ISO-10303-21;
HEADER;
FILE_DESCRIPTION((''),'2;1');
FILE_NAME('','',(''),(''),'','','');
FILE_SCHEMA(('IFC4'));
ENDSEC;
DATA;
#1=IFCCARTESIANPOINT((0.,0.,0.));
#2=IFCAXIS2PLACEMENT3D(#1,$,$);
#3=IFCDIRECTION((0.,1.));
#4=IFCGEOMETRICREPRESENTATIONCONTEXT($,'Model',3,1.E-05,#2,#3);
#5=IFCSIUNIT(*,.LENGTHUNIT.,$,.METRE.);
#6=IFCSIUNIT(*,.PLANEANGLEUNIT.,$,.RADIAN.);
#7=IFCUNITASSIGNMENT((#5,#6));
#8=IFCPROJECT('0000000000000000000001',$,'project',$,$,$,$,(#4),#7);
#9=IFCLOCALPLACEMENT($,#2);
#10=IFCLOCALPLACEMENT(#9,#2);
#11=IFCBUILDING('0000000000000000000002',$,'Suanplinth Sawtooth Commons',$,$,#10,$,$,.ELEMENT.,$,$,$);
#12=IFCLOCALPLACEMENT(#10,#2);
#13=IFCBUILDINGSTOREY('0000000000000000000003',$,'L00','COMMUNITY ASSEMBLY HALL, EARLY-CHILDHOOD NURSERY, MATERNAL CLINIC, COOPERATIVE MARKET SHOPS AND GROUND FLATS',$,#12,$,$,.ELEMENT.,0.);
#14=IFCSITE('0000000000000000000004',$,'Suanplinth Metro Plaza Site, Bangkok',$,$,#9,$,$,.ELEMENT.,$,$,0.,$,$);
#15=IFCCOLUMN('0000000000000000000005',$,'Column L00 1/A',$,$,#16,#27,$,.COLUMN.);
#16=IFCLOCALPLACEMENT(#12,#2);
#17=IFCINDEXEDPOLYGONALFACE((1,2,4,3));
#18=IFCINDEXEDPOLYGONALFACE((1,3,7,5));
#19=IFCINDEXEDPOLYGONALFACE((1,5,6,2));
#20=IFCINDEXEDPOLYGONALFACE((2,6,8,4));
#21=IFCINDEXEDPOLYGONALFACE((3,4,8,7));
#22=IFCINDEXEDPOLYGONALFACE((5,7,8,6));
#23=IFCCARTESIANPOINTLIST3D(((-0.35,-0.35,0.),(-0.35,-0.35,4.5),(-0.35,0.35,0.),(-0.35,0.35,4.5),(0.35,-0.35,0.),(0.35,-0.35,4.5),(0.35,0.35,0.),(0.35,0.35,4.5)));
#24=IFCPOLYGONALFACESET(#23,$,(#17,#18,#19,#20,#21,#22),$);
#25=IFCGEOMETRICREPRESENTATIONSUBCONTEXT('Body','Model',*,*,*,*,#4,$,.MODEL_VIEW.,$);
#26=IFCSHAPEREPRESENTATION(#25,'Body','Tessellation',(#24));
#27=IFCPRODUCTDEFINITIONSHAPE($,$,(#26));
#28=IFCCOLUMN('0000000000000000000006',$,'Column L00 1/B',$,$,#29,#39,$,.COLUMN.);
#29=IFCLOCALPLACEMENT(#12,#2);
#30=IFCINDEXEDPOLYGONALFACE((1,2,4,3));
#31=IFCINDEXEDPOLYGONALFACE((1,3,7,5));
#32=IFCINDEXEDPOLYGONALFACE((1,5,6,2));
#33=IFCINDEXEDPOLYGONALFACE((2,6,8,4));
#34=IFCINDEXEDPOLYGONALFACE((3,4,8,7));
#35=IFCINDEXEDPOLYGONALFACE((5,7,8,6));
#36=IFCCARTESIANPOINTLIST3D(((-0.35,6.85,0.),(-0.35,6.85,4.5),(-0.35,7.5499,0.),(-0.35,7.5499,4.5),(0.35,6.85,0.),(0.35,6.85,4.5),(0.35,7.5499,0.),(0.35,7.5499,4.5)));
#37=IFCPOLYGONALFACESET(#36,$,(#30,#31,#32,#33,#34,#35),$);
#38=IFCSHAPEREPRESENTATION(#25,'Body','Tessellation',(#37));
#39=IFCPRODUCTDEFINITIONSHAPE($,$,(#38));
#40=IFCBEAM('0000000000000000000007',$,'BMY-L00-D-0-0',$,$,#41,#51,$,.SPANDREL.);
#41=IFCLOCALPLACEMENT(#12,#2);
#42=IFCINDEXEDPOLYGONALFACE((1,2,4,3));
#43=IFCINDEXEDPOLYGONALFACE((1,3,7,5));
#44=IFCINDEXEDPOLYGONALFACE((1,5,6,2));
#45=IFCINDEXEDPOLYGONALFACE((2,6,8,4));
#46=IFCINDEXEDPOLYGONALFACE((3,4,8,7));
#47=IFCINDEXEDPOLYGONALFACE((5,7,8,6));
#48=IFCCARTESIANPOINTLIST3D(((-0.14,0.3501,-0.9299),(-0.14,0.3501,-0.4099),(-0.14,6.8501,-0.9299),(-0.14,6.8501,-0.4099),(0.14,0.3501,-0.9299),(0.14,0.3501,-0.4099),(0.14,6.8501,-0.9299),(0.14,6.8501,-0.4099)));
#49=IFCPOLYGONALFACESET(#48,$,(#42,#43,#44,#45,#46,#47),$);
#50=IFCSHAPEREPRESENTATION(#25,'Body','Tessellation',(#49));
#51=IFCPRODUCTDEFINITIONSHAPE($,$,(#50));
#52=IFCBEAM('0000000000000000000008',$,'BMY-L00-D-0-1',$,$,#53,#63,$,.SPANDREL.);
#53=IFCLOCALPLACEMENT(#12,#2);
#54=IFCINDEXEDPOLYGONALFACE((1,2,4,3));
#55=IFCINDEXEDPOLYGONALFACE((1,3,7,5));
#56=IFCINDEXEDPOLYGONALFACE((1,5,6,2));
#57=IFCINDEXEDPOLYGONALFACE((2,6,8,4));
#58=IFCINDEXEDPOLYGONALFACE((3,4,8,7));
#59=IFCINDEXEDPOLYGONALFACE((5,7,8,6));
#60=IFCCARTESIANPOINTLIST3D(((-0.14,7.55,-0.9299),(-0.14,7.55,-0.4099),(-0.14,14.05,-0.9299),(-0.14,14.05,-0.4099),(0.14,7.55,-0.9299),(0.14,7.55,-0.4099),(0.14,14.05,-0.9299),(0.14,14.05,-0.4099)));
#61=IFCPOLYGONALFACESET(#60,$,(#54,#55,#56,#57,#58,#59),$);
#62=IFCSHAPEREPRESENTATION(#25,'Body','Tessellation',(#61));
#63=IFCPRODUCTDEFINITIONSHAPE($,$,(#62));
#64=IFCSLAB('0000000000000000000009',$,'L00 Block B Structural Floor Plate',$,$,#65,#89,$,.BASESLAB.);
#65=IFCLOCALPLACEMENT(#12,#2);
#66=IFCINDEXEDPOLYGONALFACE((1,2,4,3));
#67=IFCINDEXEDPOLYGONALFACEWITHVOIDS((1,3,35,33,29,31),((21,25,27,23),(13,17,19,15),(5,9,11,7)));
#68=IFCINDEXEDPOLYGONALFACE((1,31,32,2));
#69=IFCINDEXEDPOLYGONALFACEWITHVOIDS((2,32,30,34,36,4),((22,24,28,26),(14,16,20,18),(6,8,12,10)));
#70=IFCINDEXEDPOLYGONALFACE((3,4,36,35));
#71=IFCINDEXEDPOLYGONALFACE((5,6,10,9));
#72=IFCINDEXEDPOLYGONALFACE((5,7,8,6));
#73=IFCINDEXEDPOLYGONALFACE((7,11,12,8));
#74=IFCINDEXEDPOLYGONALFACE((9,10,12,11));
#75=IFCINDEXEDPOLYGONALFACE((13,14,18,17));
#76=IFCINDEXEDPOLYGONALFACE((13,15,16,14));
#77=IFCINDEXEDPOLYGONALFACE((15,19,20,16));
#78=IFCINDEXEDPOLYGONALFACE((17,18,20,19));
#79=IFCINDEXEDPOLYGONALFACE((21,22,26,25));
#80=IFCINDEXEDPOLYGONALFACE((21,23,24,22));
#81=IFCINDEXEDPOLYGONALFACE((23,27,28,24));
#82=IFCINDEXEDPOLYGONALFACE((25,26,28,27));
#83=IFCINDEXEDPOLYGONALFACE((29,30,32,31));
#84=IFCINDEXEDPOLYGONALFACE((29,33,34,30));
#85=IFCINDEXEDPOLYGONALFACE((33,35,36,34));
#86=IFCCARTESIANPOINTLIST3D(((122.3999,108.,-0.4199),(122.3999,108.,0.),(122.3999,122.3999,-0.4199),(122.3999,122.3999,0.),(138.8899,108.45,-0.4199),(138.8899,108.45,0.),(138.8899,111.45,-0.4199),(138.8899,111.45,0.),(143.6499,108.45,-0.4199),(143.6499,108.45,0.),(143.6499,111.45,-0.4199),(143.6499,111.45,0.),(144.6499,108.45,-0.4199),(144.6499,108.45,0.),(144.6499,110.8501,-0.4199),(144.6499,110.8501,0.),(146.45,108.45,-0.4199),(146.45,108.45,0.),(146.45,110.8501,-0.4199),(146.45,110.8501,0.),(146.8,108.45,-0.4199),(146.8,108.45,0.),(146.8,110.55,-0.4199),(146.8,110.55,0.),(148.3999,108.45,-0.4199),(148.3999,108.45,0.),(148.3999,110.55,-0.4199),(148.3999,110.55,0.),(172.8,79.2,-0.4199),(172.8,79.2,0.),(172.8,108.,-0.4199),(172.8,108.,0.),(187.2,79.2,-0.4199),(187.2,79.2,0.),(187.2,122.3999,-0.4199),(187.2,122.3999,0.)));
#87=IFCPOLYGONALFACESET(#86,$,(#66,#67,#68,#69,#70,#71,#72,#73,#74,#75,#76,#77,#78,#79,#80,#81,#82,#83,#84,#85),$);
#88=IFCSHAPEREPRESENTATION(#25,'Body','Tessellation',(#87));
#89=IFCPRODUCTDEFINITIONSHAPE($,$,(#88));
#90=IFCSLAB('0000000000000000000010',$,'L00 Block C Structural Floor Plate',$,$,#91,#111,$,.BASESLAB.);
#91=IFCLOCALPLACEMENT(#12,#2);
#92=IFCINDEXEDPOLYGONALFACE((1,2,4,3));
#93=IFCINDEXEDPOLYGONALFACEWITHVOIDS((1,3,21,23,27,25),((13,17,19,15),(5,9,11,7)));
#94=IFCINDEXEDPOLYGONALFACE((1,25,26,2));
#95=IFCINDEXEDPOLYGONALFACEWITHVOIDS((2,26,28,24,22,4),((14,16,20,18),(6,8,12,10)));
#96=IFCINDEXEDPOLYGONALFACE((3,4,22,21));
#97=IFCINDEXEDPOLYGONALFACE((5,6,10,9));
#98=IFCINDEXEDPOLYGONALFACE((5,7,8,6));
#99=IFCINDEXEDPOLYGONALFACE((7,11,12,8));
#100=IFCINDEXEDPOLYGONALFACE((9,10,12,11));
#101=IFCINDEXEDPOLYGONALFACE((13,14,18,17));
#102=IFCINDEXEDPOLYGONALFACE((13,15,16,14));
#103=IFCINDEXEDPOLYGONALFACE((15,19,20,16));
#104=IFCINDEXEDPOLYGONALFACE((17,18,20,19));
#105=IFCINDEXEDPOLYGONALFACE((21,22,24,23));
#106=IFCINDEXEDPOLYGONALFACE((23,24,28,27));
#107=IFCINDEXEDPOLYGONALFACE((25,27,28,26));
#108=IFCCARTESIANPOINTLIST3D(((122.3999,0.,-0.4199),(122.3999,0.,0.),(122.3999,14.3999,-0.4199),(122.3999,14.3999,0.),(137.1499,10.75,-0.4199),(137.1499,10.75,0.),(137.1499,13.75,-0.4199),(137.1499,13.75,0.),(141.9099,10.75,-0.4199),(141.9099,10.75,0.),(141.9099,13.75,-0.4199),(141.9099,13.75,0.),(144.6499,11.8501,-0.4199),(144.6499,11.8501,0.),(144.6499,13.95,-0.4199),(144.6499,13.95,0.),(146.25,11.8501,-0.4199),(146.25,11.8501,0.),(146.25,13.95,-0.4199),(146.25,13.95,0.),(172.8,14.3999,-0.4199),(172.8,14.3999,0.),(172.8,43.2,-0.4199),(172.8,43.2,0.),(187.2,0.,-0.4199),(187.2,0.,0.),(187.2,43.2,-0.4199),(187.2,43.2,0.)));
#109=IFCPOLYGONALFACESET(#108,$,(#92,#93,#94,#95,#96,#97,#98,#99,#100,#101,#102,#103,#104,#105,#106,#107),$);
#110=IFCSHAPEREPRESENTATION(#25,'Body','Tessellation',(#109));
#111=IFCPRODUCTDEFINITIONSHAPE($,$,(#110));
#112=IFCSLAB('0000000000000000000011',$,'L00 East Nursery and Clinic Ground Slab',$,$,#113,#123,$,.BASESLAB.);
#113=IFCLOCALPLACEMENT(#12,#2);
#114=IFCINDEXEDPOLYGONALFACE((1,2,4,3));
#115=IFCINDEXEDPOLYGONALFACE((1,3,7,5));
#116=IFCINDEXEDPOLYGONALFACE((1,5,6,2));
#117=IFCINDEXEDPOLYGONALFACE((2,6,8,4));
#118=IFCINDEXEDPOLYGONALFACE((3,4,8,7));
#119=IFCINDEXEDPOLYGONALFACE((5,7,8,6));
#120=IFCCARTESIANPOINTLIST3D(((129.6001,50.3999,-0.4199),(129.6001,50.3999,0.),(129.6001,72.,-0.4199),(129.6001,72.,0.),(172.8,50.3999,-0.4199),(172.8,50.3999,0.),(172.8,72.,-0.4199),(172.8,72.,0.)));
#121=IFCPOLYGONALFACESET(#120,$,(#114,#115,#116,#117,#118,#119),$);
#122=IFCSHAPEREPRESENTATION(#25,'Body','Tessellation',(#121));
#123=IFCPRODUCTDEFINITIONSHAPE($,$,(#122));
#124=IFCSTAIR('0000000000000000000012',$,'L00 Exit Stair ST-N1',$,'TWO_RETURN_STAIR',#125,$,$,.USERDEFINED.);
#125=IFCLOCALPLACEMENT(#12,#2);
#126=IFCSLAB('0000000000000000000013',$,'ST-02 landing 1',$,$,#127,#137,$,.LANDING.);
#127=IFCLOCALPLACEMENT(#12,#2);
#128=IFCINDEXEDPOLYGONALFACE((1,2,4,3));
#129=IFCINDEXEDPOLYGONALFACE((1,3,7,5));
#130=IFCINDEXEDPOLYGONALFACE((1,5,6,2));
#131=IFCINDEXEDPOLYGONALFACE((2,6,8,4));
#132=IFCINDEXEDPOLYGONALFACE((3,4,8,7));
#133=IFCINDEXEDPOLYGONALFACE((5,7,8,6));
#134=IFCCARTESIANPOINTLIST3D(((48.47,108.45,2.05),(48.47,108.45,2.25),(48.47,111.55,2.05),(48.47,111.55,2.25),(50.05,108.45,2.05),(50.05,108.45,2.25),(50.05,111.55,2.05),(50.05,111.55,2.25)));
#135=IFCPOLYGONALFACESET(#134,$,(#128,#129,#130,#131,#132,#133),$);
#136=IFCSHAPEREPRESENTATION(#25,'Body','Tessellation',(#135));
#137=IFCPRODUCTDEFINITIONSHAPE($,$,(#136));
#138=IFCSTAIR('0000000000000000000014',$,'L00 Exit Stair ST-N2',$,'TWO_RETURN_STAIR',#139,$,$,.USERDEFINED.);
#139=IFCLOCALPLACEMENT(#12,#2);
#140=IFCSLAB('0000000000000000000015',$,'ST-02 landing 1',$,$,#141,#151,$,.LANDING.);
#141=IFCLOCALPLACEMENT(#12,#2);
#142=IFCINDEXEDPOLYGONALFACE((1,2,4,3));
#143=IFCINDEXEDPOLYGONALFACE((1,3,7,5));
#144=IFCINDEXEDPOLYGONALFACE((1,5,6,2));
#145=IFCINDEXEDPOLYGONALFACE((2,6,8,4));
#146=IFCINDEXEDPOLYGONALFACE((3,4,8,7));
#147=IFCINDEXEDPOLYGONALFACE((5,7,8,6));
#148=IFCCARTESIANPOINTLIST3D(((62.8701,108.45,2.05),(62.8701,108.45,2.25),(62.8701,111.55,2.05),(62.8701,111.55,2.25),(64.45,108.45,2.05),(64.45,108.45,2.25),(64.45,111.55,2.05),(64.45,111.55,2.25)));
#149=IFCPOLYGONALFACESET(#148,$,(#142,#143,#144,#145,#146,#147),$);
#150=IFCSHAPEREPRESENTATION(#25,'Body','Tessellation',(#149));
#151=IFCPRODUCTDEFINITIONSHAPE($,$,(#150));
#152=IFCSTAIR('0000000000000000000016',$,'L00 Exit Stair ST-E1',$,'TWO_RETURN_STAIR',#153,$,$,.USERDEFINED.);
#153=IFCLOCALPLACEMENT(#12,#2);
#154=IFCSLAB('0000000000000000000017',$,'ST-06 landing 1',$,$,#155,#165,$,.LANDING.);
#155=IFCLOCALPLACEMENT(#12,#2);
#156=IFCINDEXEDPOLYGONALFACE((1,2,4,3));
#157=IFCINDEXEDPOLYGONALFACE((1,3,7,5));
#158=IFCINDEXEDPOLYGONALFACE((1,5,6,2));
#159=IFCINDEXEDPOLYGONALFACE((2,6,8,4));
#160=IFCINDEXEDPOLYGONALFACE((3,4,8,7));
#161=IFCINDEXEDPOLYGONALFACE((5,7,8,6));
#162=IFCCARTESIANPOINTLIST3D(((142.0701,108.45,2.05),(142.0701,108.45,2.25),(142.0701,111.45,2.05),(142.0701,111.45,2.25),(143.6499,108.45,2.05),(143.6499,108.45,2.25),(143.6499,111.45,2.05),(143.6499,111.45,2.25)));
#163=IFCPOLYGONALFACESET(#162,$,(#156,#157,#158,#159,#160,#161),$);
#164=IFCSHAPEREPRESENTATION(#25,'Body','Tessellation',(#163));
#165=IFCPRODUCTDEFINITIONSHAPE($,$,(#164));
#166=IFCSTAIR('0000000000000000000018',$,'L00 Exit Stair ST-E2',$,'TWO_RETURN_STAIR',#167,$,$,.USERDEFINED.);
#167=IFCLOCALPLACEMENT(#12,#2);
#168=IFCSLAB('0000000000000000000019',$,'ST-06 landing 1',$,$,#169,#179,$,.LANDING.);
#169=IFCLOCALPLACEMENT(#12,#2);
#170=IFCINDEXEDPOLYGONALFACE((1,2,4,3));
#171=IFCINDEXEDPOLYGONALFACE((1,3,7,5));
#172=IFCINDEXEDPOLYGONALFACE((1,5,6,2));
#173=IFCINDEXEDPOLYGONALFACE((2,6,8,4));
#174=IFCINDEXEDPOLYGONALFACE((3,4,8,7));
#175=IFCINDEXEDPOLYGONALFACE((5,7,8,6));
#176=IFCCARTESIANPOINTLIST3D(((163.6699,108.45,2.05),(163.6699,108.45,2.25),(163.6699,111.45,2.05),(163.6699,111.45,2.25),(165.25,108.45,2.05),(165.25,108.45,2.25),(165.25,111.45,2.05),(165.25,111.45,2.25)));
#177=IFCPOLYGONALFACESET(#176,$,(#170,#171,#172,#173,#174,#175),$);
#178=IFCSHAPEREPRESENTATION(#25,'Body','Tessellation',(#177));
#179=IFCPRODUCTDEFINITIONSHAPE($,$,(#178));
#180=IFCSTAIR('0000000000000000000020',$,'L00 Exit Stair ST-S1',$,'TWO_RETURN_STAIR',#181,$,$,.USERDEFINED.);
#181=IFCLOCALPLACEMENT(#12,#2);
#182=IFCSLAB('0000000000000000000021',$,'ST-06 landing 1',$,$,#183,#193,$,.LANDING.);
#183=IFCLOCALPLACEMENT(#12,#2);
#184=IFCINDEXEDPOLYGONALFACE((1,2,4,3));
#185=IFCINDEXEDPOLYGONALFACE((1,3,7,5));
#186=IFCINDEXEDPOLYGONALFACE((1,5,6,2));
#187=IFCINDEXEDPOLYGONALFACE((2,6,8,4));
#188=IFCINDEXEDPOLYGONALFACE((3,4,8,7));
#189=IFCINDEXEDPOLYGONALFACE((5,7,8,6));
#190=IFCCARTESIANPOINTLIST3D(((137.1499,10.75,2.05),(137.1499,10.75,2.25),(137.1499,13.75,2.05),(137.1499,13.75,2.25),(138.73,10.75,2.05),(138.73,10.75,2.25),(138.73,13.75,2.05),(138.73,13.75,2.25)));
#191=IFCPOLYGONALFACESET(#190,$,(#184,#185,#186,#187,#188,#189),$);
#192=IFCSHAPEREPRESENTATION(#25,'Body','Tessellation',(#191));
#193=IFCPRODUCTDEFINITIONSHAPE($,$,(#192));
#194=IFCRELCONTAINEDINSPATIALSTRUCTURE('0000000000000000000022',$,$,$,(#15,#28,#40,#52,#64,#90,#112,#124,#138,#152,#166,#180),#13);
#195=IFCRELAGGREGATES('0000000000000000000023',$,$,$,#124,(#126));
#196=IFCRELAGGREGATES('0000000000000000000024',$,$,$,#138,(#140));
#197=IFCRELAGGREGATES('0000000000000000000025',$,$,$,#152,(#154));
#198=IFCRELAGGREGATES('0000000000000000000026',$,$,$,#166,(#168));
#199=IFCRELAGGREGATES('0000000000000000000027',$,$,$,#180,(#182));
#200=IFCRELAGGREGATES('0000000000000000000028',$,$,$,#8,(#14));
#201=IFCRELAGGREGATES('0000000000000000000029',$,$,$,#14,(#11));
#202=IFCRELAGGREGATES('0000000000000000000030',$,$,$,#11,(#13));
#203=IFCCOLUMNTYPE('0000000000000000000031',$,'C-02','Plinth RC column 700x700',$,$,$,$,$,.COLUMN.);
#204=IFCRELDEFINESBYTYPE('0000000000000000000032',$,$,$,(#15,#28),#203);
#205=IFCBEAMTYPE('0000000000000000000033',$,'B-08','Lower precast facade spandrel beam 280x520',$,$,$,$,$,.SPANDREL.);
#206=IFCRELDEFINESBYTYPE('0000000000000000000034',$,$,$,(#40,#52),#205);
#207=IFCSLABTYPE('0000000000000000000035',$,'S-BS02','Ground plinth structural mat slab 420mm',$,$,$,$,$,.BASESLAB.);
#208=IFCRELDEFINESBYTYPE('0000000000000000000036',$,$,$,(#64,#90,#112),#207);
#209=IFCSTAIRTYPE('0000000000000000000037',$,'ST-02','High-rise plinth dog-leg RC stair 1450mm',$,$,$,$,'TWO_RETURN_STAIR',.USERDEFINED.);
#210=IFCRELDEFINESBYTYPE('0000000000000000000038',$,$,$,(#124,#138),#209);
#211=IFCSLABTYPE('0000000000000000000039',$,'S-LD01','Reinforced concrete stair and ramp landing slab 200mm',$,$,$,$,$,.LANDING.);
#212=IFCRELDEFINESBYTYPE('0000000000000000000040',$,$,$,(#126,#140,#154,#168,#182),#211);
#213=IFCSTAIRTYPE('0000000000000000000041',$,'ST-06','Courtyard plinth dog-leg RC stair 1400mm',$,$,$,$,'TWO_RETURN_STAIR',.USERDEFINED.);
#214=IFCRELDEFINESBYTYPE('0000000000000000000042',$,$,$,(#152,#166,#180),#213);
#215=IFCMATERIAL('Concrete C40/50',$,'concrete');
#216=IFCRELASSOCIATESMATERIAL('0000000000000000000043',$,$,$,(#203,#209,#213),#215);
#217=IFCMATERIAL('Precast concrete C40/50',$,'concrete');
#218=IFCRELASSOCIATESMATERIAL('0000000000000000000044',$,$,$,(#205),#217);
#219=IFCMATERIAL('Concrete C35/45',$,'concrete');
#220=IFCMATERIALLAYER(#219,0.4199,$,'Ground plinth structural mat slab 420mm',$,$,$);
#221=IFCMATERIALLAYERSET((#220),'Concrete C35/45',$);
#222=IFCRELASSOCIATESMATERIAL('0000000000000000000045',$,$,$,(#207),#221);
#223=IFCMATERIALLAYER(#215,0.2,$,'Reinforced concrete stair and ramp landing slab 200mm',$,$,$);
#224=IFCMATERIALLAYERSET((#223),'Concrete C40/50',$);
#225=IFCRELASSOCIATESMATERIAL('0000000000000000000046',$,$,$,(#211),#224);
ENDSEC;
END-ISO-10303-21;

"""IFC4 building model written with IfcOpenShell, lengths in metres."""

from ifc_helpers import new_model, si_unit, direction, frame, origin, origin_2d, place, context, subcontext, project, spatial, polyline, rectangle, outline, extrude, material, layer, layer_set, material_profile, profile_set, type_object, element, aggregate, save


model = new_model("IFC4")

# Units and contexts
model_context = context("Model", 3, precision=1e-05, world=origin(), true_north=direction((0.0, 1.0)))
body_context = subcontext(model_context, "Body", "Model", "MODEL_VIEW")
ifc_project = project(units=[si_unit("LENGTHUNIT", "METRE"), si_unit("PLANEANGLEUNIT", "RADIAN")], contexts=[model_context])

# Site, building, storey
site_placement = place(None, origin())
site = spatial("IfcSite", under=ifc_project, at=site_placement, Name="Suanplinth Metro Plaza Site, Bangkok", CompositionType="ELEMENT", RefElevation=0.0)
building_placement = place(site_placement, origin())
building = spatial("IfcBuilding", under=site, at=building_placement, Name="Suanplinth Sawtooth Commons", CompositionType="ELEMENT")
storey_placement = place(building_placement, origin())
storey = spatial("IfcBuildingStorey", under=building, at=storey_placement, Name="L00", Description="COMMUNITY ASSEMBLY HALL, EARLY-CHILDHOOD NURSERY, MATERNAL CLINIC, COOPERATIVE MARKET SHOPS AND GROUND FLATS", CompositionType="ELEMENT", Elevation=0.0)

# Columns
ifc_material_1 = material(Name="Concrete C40/50", Category="concrete")
ifc_material_profile_1 = material_profile(ifc_material_1, rectangle(XDim=0.7, YDim=0.7, at=origin_2d()), Name="RC-COL 700x700")
ifc_profile_set_1 = profile_set([ifc_material_profile_1], Name="Concrete C40/50")
column_type = type_object("IfcColumnType", Name="C-02", Description="Plinth RC column 700x700", PredefinedType="COLUMN", material=ifc_profile_set_1)
for number, where, z_axis, x_axis, name in (
    (1, (0.0, 0.0, 0.0), (0.0, 0.0, 1.0), (1.0, 0.0, 0.0), "Column L00 1/A"),
    (2, (0.0, 7.2, 0.0), (0.0, 0.0, 1.0), (1.0, 0.0, 0.0), "Column L00 1/B"),
):
    element("IfcColumn", number, at=place(storey_placement, frame(where, z_axis=z_axis, x_axis=x_axis)), inside=storey, type_object=column_type, Name=name, PredefinedType="COLUMN", context=body_context, shape_type="SweptSolid", body=[
        extrude(rectangle(XDim=0.7, YDim=0.7, at=origin_2d()), origin(), (0.0, 0.0, 1.0), 4.5),
    ])

# Beams
ifc_material_2 = material(Name="Precast concrete C40/50", Category="concrete")
ifc_material_profile_2 = material_profile(ifc_material_2, rectangle(XDim=0.28, YDim=0.52, at=origin_2d()), Name="PC-SP 280x520")
ifc_profile_set_2 = profile_set([ifc_material_profile_2], Name="Precast concrete C40/50")
beam_type = type_object("IfcBeamType", Name="B-08", Description="Lower precast facade spandrel beam 280x520", PredefinedType="SPANDREL", material=ifc_profile_set_2)
for number, where, z_axis, x_axis, name in (
    (3, (0.0, 0.3501, -0.6699), (0.0, 1.0, 0.0), (-1.0, 0.0, 0.0), "BMY-L00-D-0-0"),
    (4, (0.0, 7.55, -0.6699), (0.0, 1.0, 0.0), (-1.0, 0.0, 0.0), "BMY-L00-D-0-1"),
):
    element("IfcBeam", number, at=place(storey_placement, frame(where, z_axis=z_axis, x_axis=x_axis)), inside=storey, type_object=beam_type, Name=name, PredefinedType="SPANDREL", context=body_context, shape_type="SweptSolid", body=[
        extrude(rectangle(XDim=0.28, YDim=0.52, at=origin_2d()), origin(), (0.0, 0.0, 1.0), 6.5),
    ])

# Slabs
ifc_material_3 = material(Name="Concrete C35/45", Category="concrete")
ifc_layer_1 = layer(ifc_material_3, 0.4199, Name="Ground plinth structural mat slab 420mm")
ifc_layer_set_1 = layer_set([ifc_layer_1], Name="Concrete C35/45")
slab_type_1 = type_object("IfcSlabType", Name="S-BS02", Description="Ground plinth structural mat slab 420mm", PredefinedType="BASESLAB", material=ifc_layer_set_1)
slab_1_placement = place(storey_placement, frame((0.0, 0.0, -0.4199)))
element("IfcSlab", 5, at=slab_1_placement, inside=storey, type_object=slab_type_1, Name="L00 Block B Structural Floor Plate", PredefinedType="BASESLAB", context=body_context, shape_type="SweptSolid", body=[
    extrude(outline(polyline([(172.8, 108.0), (122.3999, 108.0), (122.3999, 122.3999), (187.2, 122.3999), (187.2, 79.2), (172.8, 79.2), (172.8, 108.0)]), holes=[polyline([(138.8899, 108.45), (143.6499, 108.45), (143.6499, 111.45), (138.8899, 111.45), (138.8899, 108.45)]), polyline([(144.6499, 108.45), (146.45, 108.45), (146.45, 110.8501), (144.6499, 110.8501), (144.6499, 108.45)]), polyline([(146.8, 108.45), (148.3999, 108.45), (148.3999, 110.55), (146.8, 110.55), (146.8, 108.45)])]), origin(), (0.0, 0.0, 1.0), 0.4199),
])
slab_2_placement = place(storey_placement, frame((0.0, 0.0, -0.4199)))
element("IfcSlab", 6, at=slab_2_placement, inside=storey, type_object=slab_type_1, Name="L00 Block C Structural Floor Plate", PredefinedType="BASESLAB", context=body_context, shape_type="SweptSolid", body=[
    extrude(outline(polyline([(187.2, 0.0), (122.3999, 0.0), (122.3999, 14.3999), (172.8, 14.3999), (172.8, 43.2), (187.2, 43.2), (187.2, 0.0)]), holes=[polyline([(137.1499, 10.75), (141.9099, 10.75), (141.9099, 13.75), (137.1499, 13.75), (137.1499, 10.75)]), polyline([(144.6499, 11.8501), (146.25, 11.8501), (146.25, 13.95), (144.6499, 13.95), (144.6499, 11.8501)])]), origin(), (0.0, 0.0, 1.0), 0.4199),
])
slab_3_placement = place(storey_placement, frame((0.0, 0.0, -0.4199)))
element("IfcSlab", 7, at=slab_3_placement, inside=storey, type_object=slab_type_1, Name="L00 East Nursery and Clinic Ground Slab", PredefinedType="BASESLAB", context=body_context, shape_type="SweptSolid", body=[
    extrude(outline(polyline([(129.6001, 50.3999), (172.8, 50.3999), (172.8, 72.0), (129.6001, 72.0), (129.6001, 50.3999)])), origin(), (0.0, 0.0, 1.0), 0.4199),
])

# Stairs, slabs
stair_type_1 = type_object("IfcStairType", Name="ST-02", Description="High-rise plinth dog-leg RC stair 1450mm", ElementType="TWO_RETURN_STAIR", PredefinedType="USERDEFINED", material=ifc_material_1)
stair_1_placement = place(storey_placement, origin())
stair_1 = element("IfcStair", 8, at=stair_1_placement, inside=storey, type_object=stair_type_1, Name="L00 Exit Stair ST-N1", ObjectType="TWO_RETURN_STAIR", PredefinedType="USERDEFINED")
ifc_layer_2 = layer(ifc_material_1, 0.2, Name="Reinforced concrete stair and ramp landing slab 200mm")
ifc_layer_set_2 = layer_set([ifc_layer_2], Name="Concrete C40/50")
slab_type_2 = type_object("IfcSlabType", Name="S-LD01", Description="Reinforced concrete stair and ramp landing slab 200mm", PredefinedType="LANDING", material=ifc_layer_set_2)
slab_4_placement = place(storey_placement, frame((0.0, 0.0, 2.05)))
slab_4 = element("IfcSlab", 9, at=slab_4_placement, type_object=slab_type_2, Name="ST-02 landing 1", PredefinedType="LANDING", context=body_context, shape_type="SweptSolid", body=[
    extrude(outline(polyline([(48.47, 108.45), (50.05, 108.45), (50.05, 111.55), (48.47, 111.55), (48.47, 108.45)])), origin(), (0.0, 0.0, 1.0), 0.2),
])
aggregate(stair_1, [slab_4])
stair_2_placement = place(storey_placement, origin())
stair_2 = element("IfcStair", 10, at=stair_2_placement, inside=storey, type_object=stair_type_1, Name="L00 Exit Stair ST-N2", ObjectType="TWO_RETURN_STAIR", PredefinedType="USERDEFINED")
slab_5_placement = place(storey_placement, frame((0.0, 0.0, 2.05)))
slab_5 = element("IfcSlab", 11, at=slab_5_placement, type_object=slab_type_2, Name="ST-02 landing 1", PredefinedType="LANDING", context=body_context, shape_type="SweptSolid", body=[
    extrude(outline(polyline([(62.8701, 108.45), (64.45, 108.45), (64.45, 111.55), (62.8701, 111.55), (62.8701, 108.45)])), origin(), (0.0, 0.0, 1.0), 0.2),
])
aggregate(stair_2, [slab_5])
stair_type_2 = type_object("IfcStairType", Name="ST-06", Description="Courtyard plinth dog-leg RC stair 1400mm", ElementType="TWO_RETURN_STAIR", PredefinedType="USERDEFINED", material=ifc_material_1)
stair_3_placement = place(storey_placement, origin())
stair_3 = element("IfcStair", 12, at=stair_3_placement, inside=storey, type_object=stair_type_2, Name="L00 Exit Stair ST-E1", ObjectType="TWO_RETURN_STAIR", PredefinedType="USERDEFINED")
slab_6_placement = place(storey_placement, frame((0.0, 0.0, 2.05)))
slab_6 = element("IfcSlab", 13, at=slab_6_placement, type_object=slab_type_2, Name="ST-06 landing 1", PredefinedType="LANDING", context=body_context, shape_type="SweptSolid", body=[
    extrude(outline(polyline([(142.0701, 108.45), (143.6499, 108.45), (143.6499, 111.45), (142.0701, 111.45), (142.0701, 108.45)])), origin(), (0.0, 0.0, 1.0), 0.2),
])
aggregate(stair_3, [slab_6])
stair_4_placement = place(storey_placement, origin())
stair_4 = element("IfcStair", 14, at=stair_4_placement, inside=storey, type_object=stair_type_2, Name="L00 Exit Stair ST-E2", ObjectType="TWO_RETURN_STAIR", PredefinedType="USERDEFINED")
slab_7_placement = place(storey_placement, frame((0.0, 0.0, 2.05)))
slab_7 = element("IfcSlab", 15, at=slab_7_placement, type_object=slab_type_2, Name="ST-06 landing 1", PredefinedType="LANDING", context=body_context, shape_type="SweptSolid", body=[
    extrude(outline(polyline([(163.6699, 108.45), (165.25, 108.45), (165.25, 111.45), (163.6699, 111.45), (163.6699, 108.45)])), origin(), (0.0, 0.0, 1.0), 0.2),
])
aggregate(stair_4, [slab_7])
stair_5_placement = place(storey_placement, origin())
stair_5 = element("IfcStair", 16, at=stair_5_placement, inside=storey, type_object=stair_type_2, Name="L00 Exit Stair ST-S1", ObjectType="TWO_RETURN_STAIR", PredefinedType="USERDEFINED")
slab_8_placement = place(storey_placement, frame((0.0, 0.0, 2.05)))
slab_8 = element("IfcSlab", 17, at=slab_8_placement, type_object=slab_type_2, Name="ST-06 landing 1", PredefinedType="LANDING", context=body_context, shape_type="SweptSolid", body=[
    extrude(outline(polyline([(138.73, 13.75), (137.1499, 13.75), (137.1499, 10.75), (138.73, 10.75), (138.73, 13.75)])), origin(), (0.0, 0.0, 1.0), 0.2),
])
aggregate(stair_5, [slab_8])

save(model, "model.ifc")
